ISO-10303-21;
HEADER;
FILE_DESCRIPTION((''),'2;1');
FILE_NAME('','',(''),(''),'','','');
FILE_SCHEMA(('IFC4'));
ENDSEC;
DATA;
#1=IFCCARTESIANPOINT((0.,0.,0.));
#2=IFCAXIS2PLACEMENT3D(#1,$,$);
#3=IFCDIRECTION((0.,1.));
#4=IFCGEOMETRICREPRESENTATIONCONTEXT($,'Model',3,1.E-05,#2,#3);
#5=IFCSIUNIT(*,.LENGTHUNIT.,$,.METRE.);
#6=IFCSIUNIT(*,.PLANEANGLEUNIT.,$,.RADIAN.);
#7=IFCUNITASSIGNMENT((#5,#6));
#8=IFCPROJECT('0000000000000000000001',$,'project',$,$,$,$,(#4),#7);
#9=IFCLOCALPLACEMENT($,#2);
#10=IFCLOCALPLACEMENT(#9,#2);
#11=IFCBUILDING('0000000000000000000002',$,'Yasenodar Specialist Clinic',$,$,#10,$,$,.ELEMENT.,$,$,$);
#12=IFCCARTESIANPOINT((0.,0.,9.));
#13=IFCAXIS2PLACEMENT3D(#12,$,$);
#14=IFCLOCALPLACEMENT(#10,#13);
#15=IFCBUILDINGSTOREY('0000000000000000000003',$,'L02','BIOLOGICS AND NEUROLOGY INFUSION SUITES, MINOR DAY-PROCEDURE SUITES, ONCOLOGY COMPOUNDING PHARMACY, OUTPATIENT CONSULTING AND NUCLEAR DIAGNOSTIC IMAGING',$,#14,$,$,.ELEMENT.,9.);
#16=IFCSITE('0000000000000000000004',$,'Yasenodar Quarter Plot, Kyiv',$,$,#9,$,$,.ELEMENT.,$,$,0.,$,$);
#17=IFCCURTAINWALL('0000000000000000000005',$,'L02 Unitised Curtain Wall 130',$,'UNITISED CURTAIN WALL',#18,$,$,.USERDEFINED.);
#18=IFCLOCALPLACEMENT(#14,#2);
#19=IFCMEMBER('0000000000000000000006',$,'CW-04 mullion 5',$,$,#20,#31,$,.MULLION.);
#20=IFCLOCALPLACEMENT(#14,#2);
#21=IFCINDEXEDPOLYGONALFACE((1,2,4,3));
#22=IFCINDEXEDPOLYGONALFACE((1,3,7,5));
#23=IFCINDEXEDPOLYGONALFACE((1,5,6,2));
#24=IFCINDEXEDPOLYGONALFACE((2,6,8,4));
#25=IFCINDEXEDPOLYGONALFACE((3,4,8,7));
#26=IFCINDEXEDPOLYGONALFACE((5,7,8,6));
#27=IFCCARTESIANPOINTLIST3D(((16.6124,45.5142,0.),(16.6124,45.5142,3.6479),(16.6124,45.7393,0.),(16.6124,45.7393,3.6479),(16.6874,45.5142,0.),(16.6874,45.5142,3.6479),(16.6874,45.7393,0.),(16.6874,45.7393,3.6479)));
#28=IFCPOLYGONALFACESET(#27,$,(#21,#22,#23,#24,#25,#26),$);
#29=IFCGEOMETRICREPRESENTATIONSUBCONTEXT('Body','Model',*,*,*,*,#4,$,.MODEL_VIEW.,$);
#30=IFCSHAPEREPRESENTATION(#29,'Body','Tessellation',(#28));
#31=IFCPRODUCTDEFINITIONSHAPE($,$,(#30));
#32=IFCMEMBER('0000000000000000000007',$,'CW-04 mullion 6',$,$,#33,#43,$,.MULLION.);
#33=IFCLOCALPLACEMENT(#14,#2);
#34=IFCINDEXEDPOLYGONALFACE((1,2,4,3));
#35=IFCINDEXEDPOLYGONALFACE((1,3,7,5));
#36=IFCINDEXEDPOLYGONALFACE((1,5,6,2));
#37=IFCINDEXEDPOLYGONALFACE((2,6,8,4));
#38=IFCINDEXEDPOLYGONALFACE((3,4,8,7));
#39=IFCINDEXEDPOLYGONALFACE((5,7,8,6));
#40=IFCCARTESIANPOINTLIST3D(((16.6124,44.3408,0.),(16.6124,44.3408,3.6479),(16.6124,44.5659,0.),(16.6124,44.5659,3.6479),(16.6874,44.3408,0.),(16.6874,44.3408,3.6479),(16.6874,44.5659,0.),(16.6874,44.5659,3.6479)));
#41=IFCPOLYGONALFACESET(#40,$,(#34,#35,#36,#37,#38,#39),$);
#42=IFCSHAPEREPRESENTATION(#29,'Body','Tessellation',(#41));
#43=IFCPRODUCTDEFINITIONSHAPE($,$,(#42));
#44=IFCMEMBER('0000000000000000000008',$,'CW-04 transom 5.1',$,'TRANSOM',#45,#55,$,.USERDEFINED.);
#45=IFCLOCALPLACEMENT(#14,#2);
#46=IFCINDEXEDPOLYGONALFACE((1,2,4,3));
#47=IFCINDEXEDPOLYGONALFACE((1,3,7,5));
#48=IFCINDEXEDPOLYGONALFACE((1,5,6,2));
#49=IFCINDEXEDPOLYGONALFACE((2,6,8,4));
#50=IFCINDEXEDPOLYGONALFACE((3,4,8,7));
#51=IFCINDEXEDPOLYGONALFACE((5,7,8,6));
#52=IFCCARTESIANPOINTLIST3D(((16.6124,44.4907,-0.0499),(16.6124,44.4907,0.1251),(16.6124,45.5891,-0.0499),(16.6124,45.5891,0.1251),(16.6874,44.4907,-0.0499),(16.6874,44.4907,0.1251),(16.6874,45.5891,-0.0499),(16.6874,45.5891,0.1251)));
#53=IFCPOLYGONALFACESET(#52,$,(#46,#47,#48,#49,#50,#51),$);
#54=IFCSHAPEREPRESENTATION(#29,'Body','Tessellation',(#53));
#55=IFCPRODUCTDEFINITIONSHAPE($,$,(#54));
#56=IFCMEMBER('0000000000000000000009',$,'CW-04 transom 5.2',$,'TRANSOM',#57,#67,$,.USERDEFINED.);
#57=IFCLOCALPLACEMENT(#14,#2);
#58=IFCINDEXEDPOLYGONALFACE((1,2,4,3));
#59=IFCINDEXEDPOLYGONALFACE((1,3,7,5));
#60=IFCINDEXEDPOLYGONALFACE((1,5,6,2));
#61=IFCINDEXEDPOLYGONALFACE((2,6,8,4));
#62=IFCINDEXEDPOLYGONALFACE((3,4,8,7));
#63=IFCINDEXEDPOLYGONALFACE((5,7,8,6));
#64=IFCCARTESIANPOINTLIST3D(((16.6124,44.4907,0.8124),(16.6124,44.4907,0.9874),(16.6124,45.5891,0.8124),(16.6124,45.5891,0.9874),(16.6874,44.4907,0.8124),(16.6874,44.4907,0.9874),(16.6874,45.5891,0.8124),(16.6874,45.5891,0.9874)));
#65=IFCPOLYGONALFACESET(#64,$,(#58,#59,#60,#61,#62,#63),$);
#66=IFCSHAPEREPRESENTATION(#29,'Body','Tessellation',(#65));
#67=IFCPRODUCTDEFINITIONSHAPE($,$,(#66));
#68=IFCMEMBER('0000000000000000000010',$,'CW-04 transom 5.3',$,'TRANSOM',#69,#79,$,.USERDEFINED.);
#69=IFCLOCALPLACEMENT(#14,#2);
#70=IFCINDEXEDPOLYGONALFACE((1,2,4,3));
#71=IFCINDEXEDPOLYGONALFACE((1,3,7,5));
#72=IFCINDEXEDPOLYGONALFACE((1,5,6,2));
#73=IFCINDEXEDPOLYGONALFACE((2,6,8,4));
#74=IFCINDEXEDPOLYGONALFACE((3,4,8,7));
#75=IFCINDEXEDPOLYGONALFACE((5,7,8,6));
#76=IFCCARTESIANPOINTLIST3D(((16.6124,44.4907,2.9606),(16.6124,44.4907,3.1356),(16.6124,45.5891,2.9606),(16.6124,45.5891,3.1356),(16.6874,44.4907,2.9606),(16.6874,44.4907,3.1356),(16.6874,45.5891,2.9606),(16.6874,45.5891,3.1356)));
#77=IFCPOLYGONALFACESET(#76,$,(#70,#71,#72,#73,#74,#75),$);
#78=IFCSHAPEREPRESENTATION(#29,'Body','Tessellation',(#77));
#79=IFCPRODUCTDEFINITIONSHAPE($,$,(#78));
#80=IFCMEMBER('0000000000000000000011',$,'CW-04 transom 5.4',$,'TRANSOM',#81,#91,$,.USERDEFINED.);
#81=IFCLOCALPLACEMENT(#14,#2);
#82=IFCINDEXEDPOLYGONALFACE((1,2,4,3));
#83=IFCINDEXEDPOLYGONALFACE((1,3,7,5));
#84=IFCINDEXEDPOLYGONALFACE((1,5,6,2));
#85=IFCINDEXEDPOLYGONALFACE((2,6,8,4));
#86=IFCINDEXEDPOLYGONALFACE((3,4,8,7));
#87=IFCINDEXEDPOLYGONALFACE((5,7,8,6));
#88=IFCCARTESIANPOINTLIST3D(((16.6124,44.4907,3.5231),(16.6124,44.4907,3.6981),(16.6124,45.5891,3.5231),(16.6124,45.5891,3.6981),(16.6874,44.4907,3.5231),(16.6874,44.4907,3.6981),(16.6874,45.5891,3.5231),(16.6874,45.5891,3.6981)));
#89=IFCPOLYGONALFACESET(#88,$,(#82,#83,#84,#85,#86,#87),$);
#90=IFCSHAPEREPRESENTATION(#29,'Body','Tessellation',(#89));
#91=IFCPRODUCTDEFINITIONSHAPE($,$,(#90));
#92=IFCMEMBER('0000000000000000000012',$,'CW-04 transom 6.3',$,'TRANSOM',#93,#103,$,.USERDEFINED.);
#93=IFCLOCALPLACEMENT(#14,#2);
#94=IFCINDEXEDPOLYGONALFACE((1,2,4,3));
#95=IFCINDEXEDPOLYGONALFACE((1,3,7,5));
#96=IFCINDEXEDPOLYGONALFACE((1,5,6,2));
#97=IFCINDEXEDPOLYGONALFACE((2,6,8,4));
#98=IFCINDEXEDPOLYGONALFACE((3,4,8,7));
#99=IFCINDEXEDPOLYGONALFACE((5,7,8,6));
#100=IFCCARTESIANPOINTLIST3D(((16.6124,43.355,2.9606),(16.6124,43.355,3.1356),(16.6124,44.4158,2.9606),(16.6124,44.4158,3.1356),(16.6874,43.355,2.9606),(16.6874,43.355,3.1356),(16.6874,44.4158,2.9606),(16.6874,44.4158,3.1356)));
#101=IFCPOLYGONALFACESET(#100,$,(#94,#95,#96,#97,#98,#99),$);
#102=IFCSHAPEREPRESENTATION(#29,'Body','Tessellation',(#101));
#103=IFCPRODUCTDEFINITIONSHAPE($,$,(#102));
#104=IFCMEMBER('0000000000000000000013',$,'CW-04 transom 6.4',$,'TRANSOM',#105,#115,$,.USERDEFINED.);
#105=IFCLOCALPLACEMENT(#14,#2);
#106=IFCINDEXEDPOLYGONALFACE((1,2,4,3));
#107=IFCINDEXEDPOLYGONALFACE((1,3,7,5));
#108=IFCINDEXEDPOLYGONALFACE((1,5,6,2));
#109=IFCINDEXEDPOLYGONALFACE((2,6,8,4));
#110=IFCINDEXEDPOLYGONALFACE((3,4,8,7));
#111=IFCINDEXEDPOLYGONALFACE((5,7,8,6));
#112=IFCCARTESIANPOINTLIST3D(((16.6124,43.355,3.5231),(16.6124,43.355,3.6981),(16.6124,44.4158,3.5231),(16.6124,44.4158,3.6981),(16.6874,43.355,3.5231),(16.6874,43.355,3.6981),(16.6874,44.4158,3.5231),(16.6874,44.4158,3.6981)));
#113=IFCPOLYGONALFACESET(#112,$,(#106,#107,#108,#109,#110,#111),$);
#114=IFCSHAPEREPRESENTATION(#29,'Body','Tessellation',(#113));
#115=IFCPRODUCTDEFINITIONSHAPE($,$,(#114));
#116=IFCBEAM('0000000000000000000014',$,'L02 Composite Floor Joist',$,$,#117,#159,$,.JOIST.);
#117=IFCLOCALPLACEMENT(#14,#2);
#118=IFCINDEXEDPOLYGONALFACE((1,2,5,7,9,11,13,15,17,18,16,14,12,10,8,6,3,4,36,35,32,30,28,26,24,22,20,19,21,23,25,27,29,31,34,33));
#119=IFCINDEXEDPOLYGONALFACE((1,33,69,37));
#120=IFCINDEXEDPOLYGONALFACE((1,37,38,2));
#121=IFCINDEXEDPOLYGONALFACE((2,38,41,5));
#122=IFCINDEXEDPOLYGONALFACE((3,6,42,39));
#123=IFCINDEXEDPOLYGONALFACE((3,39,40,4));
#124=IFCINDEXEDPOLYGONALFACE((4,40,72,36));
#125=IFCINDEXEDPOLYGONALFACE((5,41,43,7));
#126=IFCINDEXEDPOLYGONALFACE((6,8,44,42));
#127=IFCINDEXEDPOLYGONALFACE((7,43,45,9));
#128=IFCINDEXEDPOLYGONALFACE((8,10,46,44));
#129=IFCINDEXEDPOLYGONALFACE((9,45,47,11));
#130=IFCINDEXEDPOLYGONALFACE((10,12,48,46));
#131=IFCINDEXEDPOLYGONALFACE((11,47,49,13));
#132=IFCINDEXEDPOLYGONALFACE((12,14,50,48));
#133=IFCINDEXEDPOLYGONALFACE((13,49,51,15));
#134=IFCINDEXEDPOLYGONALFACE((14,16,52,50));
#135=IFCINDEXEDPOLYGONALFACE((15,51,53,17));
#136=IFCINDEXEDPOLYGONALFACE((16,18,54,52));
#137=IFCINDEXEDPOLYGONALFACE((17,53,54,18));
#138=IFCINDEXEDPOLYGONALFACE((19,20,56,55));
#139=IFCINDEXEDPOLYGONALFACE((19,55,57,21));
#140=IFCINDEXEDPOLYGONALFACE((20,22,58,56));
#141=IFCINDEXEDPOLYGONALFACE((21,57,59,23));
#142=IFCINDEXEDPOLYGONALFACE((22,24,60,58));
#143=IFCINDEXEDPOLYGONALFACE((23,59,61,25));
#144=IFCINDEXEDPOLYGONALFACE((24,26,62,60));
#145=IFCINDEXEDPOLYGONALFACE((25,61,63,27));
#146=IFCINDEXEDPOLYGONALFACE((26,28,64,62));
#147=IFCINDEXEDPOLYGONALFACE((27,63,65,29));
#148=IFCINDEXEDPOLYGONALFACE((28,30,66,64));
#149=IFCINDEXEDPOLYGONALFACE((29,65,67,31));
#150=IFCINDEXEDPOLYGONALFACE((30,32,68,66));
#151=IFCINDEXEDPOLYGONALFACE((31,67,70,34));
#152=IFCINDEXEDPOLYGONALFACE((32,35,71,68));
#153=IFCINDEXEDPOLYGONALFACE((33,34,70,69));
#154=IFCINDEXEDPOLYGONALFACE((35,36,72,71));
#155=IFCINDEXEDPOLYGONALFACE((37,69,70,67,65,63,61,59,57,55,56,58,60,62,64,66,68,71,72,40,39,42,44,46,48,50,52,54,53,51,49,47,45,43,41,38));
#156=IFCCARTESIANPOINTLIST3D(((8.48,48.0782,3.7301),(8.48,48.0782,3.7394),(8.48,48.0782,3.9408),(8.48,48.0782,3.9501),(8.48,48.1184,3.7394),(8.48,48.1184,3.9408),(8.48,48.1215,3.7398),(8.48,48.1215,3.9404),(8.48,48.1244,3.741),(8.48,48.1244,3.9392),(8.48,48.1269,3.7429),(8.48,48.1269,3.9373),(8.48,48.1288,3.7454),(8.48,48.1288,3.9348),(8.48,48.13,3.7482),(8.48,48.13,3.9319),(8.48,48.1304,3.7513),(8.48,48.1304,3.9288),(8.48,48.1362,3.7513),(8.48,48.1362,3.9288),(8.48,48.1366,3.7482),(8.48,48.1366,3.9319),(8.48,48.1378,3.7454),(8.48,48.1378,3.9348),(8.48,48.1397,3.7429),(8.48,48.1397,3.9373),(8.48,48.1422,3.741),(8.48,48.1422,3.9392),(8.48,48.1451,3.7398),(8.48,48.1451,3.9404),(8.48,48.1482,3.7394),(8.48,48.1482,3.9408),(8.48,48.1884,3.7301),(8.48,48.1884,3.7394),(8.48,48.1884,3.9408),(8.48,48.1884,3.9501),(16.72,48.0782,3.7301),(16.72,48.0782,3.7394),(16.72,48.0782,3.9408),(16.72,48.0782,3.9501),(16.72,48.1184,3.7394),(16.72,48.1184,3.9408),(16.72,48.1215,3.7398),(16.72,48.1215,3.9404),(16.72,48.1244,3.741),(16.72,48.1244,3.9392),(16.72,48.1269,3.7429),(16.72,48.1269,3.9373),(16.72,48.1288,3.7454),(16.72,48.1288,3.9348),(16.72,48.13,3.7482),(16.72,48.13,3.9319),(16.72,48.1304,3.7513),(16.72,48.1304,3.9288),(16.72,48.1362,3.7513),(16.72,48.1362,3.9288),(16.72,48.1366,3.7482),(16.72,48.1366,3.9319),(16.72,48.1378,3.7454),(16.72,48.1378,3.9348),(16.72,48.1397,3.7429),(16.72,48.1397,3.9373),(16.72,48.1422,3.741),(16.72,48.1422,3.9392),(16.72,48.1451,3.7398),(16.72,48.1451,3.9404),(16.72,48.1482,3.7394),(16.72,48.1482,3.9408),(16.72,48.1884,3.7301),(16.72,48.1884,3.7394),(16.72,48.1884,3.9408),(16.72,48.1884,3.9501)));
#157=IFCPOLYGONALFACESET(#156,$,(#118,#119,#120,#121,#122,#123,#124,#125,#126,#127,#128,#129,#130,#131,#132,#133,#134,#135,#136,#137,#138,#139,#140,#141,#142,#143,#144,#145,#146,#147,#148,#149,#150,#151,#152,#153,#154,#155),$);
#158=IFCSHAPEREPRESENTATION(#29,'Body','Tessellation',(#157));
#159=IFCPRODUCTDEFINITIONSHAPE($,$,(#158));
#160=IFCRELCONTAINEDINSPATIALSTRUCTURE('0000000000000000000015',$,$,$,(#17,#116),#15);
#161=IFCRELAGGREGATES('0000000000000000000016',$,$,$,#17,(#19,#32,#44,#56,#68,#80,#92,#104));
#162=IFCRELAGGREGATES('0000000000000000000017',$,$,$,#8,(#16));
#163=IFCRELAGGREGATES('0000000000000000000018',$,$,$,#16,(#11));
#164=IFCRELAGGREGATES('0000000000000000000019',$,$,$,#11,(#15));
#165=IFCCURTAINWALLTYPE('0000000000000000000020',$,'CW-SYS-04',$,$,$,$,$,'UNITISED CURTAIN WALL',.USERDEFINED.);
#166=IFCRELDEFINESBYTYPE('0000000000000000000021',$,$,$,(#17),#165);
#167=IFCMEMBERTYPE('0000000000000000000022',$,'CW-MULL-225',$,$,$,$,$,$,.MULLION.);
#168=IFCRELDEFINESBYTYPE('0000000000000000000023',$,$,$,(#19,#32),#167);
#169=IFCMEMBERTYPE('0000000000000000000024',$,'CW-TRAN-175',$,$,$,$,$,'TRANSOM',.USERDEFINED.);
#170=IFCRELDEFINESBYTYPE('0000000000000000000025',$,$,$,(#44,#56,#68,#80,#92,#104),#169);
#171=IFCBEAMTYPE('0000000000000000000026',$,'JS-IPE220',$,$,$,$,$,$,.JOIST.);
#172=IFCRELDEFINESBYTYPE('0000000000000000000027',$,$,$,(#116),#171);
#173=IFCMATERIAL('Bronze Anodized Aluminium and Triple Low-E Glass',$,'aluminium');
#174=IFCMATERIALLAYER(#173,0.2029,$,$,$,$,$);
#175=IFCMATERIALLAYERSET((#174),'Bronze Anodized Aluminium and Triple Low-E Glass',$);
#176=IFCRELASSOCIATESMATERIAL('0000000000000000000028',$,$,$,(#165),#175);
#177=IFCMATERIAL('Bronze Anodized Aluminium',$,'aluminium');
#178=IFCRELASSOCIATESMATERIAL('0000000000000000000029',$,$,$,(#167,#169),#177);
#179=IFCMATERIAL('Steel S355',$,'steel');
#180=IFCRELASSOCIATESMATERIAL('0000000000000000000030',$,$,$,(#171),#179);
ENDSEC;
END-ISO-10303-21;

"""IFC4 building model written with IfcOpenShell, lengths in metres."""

from ifc_helpers import new_model, si_unit, direction, frame, origin, origin_2d, place, context, subcontext, project, spatial, rectangle, i_section, extrude, material, layer, layer_set, material_profile, profile_set, type_object, element, aggregate, save


model = new_model("IFC4")

# Units and contexts
model_context = context("Model", 3, precision=1e-05, world=origin(), true_north=direction((0.0, 1.0)))
body_context = subcontext(model_context, "Body", "Model", "MODEL_VIEW")
ifc_project = project(units=[si_unit("LENGTHUNIT", "METRE"), si_unit("PLANEANGLEUNIT", "RADIAN")], contexts=[model_context])

# Site, building, storey
site_placement = place(None, origin())
site = spatial("IfcSite", under=ifc_project, at=site_placement, Name="Yasenodar Quarter Plot, Kyiv", CompositionType="ELEMENT", RefElevation=0.0)
building_placement = place(site_placement, origin())
building = spatial("IfcBuilding", under=site, at=building_placement, Name="Yasenodar Specialist Clinic", CompositionType="ELEMENT")
storey_placement = place(building_placement, frame((0.0, 0.0, 9.0)))
storey = spatial("IfcBuildingStorey", under=building, at=storey_placement, Name="L02", Description="BIOLOGICS AND NEUROLOGY INFUSION SUITES, MINOR DAY-PROCEDURE SUITES, ONCOLOGY COMPOUNDING PHARMACY, OUTPATIENT CONSULTING AND NUCLEAR DIAGNOSTIC IMAGING", CompositionType="ELEMENT", Elevation=9.0)

# Curtain wall, members
ifc_material_1 = material(Name="Bronze Anodized Aluminium and Triple Low-E Glass", Category="aluminium")
ifc_layer_1 = layer(ifc_material_1, 0.2029)
ifc_layer_set_1 = layer_set([ifc_layer_1], Name="Bronze Anodized Aluminium and Triple Low-E Glass")
curtain_wall_type = type_object("IfcCurtainWallType", Name="CW-SYS-04", ElementType="UNITISED CURTAIN WALL", PredefinedType="USERDEFINED", material=ifc_layer_set_1)
curtain_wall_placement = place(storey_placement, origin())
curtain_wall = element("IfcCurtainWall", 1, at=curtain_wall_placement, inside=storey, type_object=curtain_wall_type, Name="L02 Unitised Curtain Wall 130", ObjectType="UNITISED CURTAIN WALL", PredefinedType="USERDEFINED")
ifc_material_2 = material(Name="Bronze Anodized Aluminium", Category="aluminium")
ifc_material_profile_1 = material_profile(ifc_material_2, rectangle(XDim=0.075, YDim=0.2251, at=origin_2d()), Name="CW-MULL 75x225")
ifc_profile_set_1 = profile_set([ifc_material_profile_1], Name="Bronze Anodized Aluminium")
member_type_1 = type_object("IfcMemberType", Name="CW-MULL-225", PredefinedType="MULLION", material=ifc_profile_set_1)
member_1_placement = place(storey_placement, frame((16.6499, 45.6267, 0.0), z_axis=(0.0, 0.0, 1.0), x_axis=(1.0, 0.0, 0.0)))
member_1 = element("IfcMember", 2, at=member_1_placement, type_object=member_type_1, Name="CW-04 mullion 5", PredefinedType="MULLION", context=body_context, shape_type="SweptSolid", body=[
    extrude(rectangle(XDim=0.075, YDim=0.2251, at=origin_2d()), origin(), (0.0, 0.0, 1.0), 3.6479),
])
member_2_placement = place(storey_placement, frame((16.6499, 44.4534, 0.0), z_axis=(0.0, 0.0, 1.0), x_axis=(1.0, 0.0, 0.0)))
member_2 = element("IfcMember", 3, at=member_2_placement, type_object=member_type_1, Name="CW-04 mullion 6", PredefinedType="MULLION", context=body_context, shape_type="SweptSolid", body=[
    extrude(rectangle(XDim=0.075, YDim=0.2251, at=origin_2d()), origin(), (0.0, 0.0, 1.0), 3.6479),
])
ifc_material_profile_2 = material_profile(ifc_material_2, rectangle(XDim=0.075, YDim=0.175, at=origin_2d()), Name="CW-TRAN 75x175")
ifc_profile_set_2 = profile_set([ifc_material_profile_2], Name="Bronze Anodized Aluminium")
member_type_2 = type_object("IfcMemberType", Name="CW-TRAN-175", ElementType="TRANSOM", PredefinedType="USERDEFINED", material=ifc_profile_set_2)
member_3_placement = place(storey_placement, frame((16.6499, 45.5891, 0.0376), z_axis=(0.0, -1.0, 0.0), x_axis=(1.0, 0.0, 0.0)))
member_3 = element("IfcMember", 4, at=member_3_placement, type_object=member_type_2, Name="CW-04 transom 5.1", ObjectType="TRANSOM", PredefinedType="USERDEFINED", context=body_context, shape_type="SweptSolid", body=[
    extrude(rectangle(XDim=0.075, YDim=0.175, at=origin_2d()), origin(), (0.0, 0.0, 1.0), 1.0984),
])
member_4_placement = place(storey_placement, frame((16.6499, 45.5891, 0.8999), z_axis=(0.0, -1.0, 0.0), x_axis=(1.0, 0.0, 0.0)))
member_4 = element("IfcMember", 5, at=member_4_placement, type_object=member_type_2, Name="CW-04 transom 5.2", ObjectType="TRANSOM", PredefinedType="USERDEFINED", context=body_context, shape_type="SweptSolid", body=[
    extrude(rectangle(XDim=0.075, YDim=0.175, at=origin_2d()), origin(), (0.0, 0.0, 1.0), 1.0984),
])
member_5_placement = place(storey_placement, frame((16.6499, 45.5891, 3.0481), z_axis=(0.0, -1.0, 0.0), x_axis=(1.0, 0.0, 0.0)))
member_5 = element("IfcMember", 6, at=member_5_placement, type_object=member_type_2, Name="CW-04 transom 5.3", ObjectType="TRANSOM", PredefinedType="USERDEFINED", context=body_context, shape_type="SweptSolid", body=[
    extrude(rectangle(XDim=0.075, YDim=0.175, at=origin_2d()), origin(), (0.0, 0.0, 1.0), 1.0984),
])
member_6_placement = place(storey_placement, frame((16.6499, 45.5891, 3.6106), z_axis=(0.0, -1.0, 0.0), x_axis=(1.0, 0.0, 0.0)))
member_6 = element("IfcMember", 7, at=member_6_placement, type_object=member_type_2, Name="CW-04 transom 5.4", ObjectType="TRANSOM", PredefinedType="USERDEFINED", context=body_context, shape_type="SweptSolid", body=[
    extrude(rectangle(XDim=0.075, YDim=0.175, at=origin_2d()), origin(), (0.0, 0.0, 1.0), 1.0984),
])
member_7_placement = place(storey_placement, frame((16.6499, 44.4158, 3.0481), z_axis=(0.0, -1.0, 0.0), x_axis=(1.0, 0.0, 0.0)))
member_7 = element("IfcMember", 8, at=member_7_placement, type_object=member_type_2, Name="CW-04 transom 6.3", ObjectType="TRANSOM", PredefinedType="USERDEFINED", context=body_context, shape_type="SweptSolid", body=[
    extrude(rectangle(XDim=0.075, YDim=0.175, at=origin_2d()), origin(), (0.0, 0.0, 1.0), 1.0608),
])
member_8_placement = place(storey_placement, frame((16.6499, 44.4158, 3.6106), z_axis=(0.0, -1.0, 0.0), x_axis=(1.0, 0.0, 0.0)))
member_8 = element("IfcMember", 9, at=member_8_placement, type_object=member_type_2, Name="CW-04 transom 6.4", ObjectType="TRANSOM", PredefinedType="USERDEFINED", context=body_context, shape_type="SweptSolid", body=[
    extrude(rectangle(XDim=0.075, YDim=0.175, at=origin_2d()), origin(), (0.0, 0.0, 1.0), 1.0608),
])

# Beam
ifc_material_3 = material(Name="Steel S355", Category="steel")
ifc_material_profile_3 = material_profile(ifc_material_3, i_section(OverallWidth=0.1101, OverallDepth=0.22, WebThickness=0.0059, FlangeThickness=0.0093, FilletRadius=0.012, at=origin_2d()), Name="IPE 220")
ifc_profile_set_3 = profile_set([ifc_material_profile_3], Name="Steel S355")
beam_type_1 = type_object("IfcBeamType", Name="JS-IPE220", PredefinedType="JOIST", material=ifc_profile_set_3)
for number, where, z_axis, x_axis, name in (
    (10, (8.48, 48.1333, 3.8401), (1.0, 0.0, 0.0), (0.0, 1.0, 0.0), "L02 Composite Floor Joist"),
):
    element("IfcBeam", number, at=place(storey_placement, frame(where, z_axis=z_axis, x_axis=x_axis)), inside=storey, type_object=beam_type_1, Name=name, PredefinedType="JOIST", context=body_context, shape_type="SweptSolid", body=[
        extrude(i_section(OverallWidth=0.1101, OverallDepth=0.22, WebThickness=0.0059, FlangeThickness=0.0093, FilletRadius=0.012, at=origin_2d()), origin(), (0.0, 0.0, 1.0), 8.24),
    ])

aggregate(curtain_wall, [member_1, member_2, member_3, member_4, member_5, member_6, member_7, member_8])

save(model, "model.ifc")
